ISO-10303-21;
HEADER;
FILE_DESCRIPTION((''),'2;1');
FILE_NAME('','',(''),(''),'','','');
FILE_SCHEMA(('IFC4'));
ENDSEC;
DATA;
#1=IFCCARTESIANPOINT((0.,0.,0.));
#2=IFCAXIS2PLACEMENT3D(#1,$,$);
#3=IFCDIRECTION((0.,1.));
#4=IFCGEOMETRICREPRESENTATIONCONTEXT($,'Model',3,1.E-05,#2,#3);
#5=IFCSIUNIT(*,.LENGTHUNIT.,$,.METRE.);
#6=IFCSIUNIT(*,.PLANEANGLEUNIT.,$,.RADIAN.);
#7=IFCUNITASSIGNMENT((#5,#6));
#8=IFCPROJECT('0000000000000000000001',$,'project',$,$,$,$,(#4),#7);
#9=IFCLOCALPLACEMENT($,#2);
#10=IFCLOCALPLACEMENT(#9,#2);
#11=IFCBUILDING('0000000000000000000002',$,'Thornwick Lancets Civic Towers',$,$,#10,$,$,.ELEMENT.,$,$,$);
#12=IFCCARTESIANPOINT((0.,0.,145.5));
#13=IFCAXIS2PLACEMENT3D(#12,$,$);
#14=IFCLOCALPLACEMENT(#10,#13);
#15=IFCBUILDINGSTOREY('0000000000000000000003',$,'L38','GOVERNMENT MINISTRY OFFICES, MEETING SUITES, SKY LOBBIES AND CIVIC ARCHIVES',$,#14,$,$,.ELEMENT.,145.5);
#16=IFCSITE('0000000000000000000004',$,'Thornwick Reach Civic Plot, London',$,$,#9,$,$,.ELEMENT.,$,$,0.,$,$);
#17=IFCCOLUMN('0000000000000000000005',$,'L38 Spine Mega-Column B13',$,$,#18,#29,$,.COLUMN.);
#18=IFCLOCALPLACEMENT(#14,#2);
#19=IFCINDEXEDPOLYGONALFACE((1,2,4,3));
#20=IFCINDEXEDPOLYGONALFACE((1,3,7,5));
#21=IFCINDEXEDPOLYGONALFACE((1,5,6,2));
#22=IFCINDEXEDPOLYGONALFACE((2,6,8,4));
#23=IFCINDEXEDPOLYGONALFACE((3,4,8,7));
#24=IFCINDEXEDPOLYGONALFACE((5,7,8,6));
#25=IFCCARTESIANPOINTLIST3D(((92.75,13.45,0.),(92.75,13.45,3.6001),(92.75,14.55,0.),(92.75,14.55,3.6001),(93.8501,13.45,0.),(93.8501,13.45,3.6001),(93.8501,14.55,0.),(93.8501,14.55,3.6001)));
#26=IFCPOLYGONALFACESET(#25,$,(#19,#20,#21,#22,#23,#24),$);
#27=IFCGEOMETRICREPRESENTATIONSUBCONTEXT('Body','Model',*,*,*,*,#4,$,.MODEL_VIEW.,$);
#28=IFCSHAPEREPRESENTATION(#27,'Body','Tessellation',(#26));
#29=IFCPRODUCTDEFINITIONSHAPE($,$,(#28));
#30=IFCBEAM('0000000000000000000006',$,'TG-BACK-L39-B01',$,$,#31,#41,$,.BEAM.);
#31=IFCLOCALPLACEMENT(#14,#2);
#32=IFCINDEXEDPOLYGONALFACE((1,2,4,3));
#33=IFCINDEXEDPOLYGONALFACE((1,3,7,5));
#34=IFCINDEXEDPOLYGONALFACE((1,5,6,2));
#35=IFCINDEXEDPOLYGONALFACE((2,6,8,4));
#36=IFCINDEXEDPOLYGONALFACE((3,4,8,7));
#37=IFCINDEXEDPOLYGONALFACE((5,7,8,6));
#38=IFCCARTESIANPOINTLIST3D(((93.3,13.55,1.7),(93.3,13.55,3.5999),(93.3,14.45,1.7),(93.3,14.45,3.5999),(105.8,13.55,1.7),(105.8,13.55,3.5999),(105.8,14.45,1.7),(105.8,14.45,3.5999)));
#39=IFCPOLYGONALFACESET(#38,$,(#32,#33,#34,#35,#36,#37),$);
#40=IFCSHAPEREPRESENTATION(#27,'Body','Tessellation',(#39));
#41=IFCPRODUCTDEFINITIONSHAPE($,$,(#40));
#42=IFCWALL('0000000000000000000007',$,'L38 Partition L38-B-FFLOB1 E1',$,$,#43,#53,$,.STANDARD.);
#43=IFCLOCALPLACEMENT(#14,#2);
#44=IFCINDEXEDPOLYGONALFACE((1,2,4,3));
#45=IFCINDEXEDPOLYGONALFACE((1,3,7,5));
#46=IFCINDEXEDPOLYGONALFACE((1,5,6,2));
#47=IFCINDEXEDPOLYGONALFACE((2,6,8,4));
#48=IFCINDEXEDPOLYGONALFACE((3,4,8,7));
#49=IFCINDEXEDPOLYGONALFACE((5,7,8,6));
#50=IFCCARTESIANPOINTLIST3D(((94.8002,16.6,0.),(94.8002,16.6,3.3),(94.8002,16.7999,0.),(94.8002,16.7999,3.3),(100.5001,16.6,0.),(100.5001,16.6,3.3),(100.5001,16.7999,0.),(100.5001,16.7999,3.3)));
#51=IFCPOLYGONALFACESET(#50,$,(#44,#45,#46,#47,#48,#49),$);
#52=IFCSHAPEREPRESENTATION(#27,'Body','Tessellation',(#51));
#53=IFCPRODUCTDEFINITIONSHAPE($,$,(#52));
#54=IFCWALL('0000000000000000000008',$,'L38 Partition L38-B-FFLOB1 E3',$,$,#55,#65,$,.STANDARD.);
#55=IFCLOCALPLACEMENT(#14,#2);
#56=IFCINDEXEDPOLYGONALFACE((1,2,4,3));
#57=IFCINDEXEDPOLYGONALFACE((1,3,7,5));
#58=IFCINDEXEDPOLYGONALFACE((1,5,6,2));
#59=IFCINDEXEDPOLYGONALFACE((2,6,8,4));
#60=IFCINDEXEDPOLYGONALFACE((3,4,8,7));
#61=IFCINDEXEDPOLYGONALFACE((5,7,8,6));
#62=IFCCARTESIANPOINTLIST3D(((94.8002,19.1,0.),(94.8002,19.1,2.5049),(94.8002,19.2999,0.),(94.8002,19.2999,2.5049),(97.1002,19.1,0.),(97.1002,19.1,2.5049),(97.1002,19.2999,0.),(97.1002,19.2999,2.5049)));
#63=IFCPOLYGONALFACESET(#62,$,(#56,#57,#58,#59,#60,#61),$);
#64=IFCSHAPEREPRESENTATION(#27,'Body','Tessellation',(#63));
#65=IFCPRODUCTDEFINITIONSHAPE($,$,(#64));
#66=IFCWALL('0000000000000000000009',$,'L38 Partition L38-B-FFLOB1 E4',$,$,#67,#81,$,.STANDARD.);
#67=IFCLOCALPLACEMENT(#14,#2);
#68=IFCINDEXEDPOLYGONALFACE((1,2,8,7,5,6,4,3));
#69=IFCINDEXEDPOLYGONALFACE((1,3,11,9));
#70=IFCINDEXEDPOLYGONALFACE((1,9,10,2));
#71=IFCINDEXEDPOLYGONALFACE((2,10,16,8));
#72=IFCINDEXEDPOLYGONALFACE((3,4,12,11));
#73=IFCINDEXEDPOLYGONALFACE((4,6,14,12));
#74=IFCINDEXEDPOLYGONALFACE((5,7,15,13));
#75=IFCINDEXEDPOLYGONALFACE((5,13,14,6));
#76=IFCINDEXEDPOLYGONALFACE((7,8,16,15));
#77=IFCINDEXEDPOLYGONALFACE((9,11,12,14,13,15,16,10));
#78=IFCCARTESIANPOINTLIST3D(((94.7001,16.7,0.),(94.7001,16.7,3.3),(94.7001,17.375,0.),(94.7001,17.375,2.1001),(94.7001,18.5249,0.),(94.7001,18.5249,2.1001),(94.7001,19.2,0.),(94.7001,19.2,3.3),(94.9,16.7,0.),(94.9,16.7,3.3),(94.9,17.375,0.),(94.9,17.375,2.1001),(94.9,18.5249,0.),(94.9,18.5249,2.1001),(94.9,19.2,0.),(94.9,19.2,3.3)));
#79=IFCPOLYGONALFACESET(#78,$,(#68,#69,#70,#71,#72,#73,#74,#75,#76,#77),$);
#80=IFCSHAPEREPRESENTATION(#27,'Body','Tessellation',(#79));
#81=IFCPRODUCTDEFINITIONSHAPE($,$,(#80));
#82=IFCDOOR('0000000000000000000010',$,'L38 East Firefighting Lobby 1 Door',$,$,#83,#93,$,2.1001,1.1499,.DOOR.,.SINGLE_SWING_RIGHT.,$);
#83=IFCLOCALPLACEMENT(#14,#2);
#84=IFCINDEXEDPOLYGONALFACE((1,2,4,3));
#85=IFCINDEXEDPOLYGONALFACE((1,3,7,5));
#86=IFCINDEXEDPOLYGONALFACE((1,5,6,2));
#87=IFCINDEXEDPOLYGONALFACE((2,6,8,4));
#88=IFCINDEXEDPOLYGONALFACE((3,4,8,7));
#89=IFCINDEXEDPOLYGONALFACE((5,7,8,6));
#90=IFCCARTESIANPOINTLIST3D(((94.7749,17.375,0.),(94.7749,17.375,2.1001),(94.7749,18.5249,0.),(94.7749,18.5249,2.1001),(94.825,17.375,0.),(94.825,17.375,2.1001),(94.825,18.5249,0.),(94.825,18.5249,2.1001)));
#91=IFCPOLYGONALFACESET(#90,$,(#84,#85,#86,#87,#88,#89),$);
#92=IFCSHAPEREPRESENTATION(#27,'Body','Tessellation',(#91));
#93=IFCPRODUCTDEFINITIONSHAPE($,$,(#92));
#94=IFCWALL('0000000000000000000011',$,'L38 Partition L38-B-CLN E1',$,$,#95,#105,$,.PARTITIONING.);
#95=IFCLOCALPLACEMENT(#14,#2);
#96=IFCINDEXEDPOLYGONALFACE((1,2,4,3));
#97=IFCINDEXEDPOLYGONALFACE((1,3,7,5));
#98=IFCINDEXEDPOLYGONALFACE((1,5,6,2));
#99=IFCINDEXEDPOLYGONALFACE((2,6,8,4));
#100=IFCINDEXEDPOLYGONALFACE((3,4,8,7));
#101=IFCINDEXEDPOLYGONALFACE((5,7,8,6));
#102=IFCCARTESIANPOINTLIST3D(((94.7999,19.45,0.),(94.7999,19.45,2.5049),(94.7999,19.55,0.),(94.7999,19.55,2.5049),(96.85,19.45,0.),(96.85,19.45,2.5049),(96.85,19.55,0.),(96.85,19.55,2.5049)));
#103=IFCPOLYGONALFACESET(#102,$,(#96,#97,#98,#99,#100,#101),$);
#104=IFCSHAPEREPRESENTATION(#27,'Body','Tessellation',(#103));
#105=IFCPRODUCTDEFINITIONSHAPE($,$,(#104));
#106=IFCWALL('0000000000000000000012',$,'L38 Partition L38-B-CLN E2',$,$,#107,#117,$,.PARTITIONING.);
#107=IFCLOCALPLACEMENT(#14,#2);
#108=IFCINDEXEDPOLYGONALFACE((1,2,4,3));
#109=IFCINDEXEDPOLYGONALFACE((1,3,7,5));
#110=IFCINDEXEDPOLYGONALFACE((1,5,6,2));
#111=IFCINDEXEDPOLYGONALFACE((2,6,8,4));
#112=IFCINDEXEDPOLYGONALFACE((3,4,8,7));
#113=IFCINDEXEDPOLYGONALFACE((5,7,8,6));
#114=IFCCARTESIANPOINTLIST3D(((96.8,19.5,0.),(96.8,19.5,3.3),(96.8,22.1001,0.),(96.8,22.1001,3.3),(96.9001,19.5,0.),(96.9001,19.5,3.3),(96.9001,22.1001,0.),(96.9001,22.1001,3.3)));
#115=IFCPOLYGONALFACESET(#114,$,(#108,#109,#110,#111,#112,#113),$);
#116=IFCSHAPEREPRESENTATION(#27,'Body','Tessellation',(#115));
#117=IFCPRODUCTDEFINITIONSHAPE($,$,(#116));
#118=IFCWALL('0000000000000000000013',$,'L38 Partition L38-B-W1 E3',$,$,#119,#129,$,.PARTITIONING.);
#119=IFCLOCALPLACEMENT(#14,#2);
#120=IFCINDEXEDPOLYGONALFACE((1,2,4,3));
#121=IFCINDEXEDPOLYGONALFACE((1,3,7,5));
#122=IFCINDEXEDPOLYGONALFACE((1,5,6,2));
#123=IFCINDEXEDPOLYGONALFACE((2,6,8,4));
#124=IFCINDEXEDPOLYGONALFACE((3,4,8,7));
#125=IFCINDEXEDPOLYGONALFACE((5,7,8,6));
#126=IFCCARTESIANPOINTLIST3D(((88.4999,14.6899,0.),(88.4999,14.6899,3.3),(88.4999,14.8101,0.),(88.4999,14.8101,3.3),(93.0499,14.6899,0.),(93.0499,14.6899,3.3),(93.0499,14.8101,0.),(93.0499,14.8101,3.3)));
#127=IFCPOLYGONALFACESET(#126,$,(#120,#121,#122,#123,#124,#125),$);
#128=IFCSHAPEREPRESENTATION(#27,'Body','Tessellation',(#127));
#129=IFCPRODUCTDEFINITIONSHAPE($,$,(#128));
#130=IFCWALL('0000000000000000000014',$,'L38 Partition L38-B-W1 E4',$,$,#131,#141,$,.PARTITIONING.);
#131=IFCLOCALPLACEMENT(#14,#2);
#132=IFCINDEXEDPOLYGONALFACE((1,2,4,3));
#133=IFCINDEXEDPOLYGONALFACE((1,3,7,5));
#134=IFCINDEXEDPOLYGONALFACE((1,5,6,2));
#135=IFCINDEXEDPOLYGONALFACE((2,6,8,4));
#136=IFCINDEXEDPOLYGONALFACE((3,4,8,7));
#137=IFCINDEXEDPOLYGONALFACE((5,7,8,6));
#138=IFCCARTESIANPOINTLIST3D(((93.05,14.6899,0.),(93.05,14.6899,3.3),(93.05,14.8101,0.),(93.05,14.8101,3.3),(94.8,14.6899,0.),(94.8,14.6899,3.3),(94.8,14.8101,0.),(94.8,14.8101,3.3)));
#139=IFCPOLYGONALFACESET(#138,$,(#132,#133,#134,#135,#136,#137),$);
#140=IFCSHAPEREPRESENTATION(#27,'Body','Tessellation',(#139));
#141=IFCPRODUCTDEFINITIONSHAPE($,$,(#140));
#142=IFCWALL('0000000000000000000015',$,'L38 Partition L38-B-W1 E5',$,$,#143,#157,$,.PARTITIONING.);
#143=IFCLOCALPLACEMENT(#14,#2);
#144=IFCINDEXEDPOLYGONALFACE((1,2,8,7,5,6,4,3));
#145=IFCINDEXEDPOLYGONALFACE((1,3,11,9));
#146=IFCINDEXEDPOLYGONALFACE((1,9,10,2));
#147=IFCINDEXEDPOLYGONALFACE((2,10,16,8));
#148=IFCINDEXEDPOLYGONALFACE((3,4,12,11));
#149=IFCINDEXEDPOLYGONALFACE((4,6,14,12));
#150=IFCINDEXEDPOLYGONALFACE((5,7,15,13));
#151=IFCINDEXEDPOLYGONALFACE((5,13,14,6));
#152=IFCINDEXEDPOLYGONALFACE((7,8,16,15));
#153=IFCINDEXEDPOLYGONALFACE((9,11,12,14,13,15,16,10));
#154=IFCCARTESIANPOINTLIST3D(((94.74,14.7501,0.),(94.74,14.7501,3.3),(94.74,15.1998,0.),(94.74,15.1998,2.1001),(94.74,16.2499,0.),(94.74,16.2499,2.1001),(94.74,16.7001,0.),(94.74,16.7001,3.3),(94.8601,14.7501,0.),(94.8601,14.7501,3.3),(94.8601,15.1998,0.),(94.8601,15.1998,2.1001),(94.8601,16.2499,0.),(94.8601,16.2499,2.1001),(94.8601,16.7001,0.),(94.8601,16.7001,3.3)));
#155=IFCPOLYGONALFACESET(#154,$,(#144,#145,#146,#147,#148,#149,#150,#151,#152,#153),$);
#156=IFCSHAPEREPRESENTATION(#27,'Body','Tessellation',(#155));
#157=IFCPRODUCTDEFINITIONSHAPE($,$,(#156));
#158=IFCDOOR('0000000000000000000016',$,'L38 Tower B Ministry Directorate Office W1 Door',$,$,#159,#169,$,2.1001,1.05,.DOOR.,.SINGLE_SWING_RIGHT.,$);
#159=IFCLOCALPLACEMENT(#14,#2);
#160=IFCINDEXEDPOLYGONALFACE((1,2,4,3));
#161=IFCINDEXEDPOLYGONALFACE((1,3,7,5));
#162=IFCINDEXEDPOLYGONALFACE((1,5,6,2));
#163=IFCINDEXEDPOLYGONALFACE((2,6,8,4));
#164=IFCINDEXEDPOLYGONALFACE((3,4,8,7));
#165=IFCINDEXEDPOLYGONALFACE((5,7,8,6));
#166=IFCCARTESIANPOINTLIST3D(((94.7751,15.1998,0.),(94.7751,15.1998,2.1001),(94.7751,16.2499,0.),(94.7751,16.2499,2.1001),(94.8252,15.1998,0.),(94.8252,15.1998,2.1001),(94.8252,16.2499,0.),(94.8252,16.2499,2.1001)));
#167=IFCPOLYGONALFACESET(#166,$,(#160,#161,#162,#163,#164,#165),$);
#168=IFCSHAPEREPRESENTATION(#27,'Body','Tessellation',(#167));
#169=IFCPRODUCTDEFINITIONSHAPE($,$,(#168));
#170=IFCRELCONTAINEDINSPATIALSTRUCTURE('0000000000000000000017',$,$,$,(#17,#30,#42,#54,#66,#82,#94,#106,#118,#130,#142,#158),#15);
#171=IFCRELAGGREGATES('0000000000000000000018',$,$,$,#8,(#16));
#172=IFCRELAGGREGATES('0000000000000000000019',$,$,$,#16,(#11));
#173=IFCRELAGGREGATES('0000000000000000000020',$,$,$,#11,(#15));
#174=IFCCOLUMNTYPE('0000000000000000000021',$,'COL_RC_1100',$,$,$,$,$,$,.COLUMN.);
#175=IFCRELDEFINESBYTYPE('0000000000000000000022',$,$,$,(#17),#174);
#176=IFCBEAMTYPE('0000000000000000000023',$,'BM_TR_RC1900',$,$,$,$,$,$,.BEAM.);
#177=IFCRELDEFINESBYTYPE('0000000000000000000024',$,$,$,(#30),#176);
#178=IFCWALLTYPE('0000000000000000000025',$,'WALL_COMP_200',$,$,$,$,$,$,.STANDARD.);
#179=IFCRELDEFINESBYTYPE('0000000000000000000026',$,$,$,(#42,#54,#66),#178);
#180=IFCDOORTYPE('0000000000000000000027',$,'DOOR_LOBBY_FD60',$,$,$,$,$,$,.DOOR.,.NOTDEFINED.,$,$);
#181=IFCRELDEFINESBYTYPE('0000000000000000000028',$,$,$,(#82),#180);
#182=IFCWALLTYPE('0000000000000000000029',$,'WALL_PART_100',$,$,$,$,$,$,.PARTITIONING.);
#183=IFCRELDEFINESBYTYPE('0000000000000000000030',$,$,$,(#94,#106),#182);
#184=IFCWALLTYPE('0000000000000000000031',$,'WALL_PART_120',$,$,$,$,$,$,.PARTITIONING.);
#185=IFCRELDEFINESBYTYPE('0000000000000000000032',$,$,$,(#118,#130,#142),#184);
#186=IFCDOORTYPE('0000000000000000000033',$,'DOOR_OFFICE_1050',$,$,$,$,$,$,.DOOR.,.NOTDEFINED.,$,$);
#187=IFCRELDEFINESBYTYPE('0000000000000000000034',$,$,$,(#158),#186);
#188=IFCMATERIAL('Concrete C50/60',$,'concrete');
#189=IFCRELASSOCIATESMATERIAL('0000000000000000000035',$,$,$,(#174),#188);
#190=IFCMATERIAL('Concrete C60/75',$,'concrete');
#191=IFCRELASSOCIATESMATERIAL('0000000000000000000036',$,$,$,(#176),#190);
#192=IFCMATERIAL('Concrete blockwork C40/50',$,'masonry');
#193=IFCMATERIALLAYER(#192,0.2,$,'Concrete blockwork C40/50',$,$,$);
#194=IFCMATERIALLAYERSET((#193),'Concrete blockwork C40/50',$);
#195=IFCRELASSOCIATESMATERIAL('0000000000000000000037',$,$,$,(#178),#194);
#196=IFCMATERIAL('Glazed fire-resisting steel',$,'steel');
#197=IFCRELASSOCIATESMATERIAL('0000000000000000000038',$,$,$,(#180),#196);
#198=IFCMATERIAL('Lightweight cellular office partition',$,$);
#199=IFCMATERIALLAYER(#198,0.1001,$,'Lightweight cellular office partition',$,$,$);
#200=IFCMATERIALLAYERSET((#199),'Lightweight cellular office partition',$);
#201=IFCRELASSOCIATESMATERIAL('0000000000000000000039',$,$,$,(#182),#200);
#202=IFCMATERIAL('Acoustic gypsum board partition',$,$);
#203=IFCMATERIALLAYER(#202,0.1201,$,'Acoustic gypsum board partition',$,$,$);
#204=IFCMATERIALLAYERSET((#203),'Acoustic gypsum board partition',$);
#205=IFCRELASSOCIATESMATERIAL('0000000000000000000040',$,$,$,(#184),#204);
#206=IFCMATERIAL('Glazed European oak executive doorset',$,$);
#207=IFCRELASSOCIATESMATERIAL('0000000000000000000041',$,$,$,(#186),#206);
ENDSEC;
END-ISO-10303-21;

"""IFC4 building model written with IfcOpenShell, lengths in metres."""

from ifc_helpers import new_model, si_unit, direction, frame, frame_2d, origin, origin_2d, place, context, subcontext, project, spatial, rectangle, extrude, material, layer, layer_set, material_profile, profile_set, type_object, element, fill, save


model = new_model("IFC4")

# Units and contexts
model_context = context("Model", 3, precision=1e-05, world=origin(), true_north=direction((0.0, 1.0)))
body_context = subcontext(model_context, "Body", "Model", "MODEL_VIEW")
ifc_project = project(units=[si_unit("LENGTHUNIT", "METRE"), si_unit("PLANEANGLEUNIT", "RADIAN")], contexts=[model_context])

# Site, building, storey
site_placement = place(None, origin())
site = spatial("IfcSite", under=ifc_project, at=site_placement, Name="Thornwick Reach Civic Plot, London", CompositionType="ELEMENT", RefElevation=0.0)
building_placement = place(site_placement, origin())
building = spatial("IfcBuilding", under=site, at=building_placement, Name="Thornwick Lancets Civic Towers", CompositionType="ELEMENT")
storey_placement = place(building_placement, frame((0.0, 0.0, 145.5)))
storey = spatial("IfcBuildingStorey", under=building, at=storey_placement, Name="L38", Description="GOVERNMENT MINISTRY OFFICES, MEETING SUITES, SKY LOBBIES AND CIVIC ARCHIVES", CompositionType="ELEMENT", Elevation=145.5)

# Column
ifc_material_1 = material(Name="Concrete C50/60", Category="concrete")
ifc_material_profile_1 = material_profile(ifc_material_1, rectangle(XDim=1.1001, YDim=1.1001, at=origin_2d()), Name="RC 1100x1100")
ifc_profile_set_1 = profile_set([ifc_material_profile_1], Name="Concrete C50/60")
column_type = type_object("IfcColumnType", Name="COL_RC_1100", PredefinedType="COLUMN", material=ifc_profile_set_1)
column_placement = place(storey_placement, frame((93.3, 14.0, 0.0), z_axis=(0.0, 0.0, 1.0), x_axis=(1.0, 0.0, 0.0)))
element("IfcColumn", 1, at=column_placement, inside=storey, type_object=column_type, Name="L38 Spine Mega-Column B13", PredefinedType="COLUMN", context=body_context, shape_type="SweptSolid", body=[
    extrude(rectangle(XDim=1.1001, YDim=1.1001, at=origin_2d()), origin(), (0.0, 0.0, 1.0), 3.6001),
])

# Beam
ifc_material_2 = material(Name="Concrete C60/75", Category="concrete")
ifc_material_profile_2 = material_profile(ifc_material_2, rectangle(XDim=0.8999, YDim=1.8999, at=origin_2d()), Name="RC 900x1900")
ifc_profile_set_2 = profile_set([ifc_material_profile_2], Name="Concrete C60/75")
beam_type = type_object("IfcBeamType", Name="BM_TR_RC1900", PredefinedType="BEAM", material=ifc_profile_set_2)
beam_placement = place(storey_placement, frame((93.3, 14.0, 2.6499), z_axis=(1.0, 0.0, 0.0), x_axis=(0.0, 1.0, 0.0)))
element("IfcBeam", 2, at=beam_placement, inside=storey, type_object=beam_type, Name="TG-BACK-L39-B01", PredefinedType="BEAM", context=body_context, shape_type="SweptSolid", body=[
    extrude(rectangle(XDim=0.8999, YDim=1.8999, at=origin_2d()), origin(), (0.0, 0.0, 1.0), 12.5),
])

# Walls
ifc_material_3 = material(Name="Concrete blockwork C40/50", Category="masonry")
ifc_layer_1 = layer(ifc_material_3, 0.2, Name="Concrete blockwork C40/50")
ifc_layer_set_1 = layer_set([ifc_layer_1], Name="Concrete blockwork C40/50")
wall_type_1 = type_object("IfcWallType", Name="WALL_COMP_200", PredefinedType="STANDARD", material=ifc_layer_set_1)
wall_1_placement = place(storey_placement, frame((94.8, 16.7, 0.0), z_axis=(0.0, 0.0, 1.0), x_axis=(1.0, 0.0, 0.0)))
element("IfcWall", 3, at=wall_1_placement, inside=storey, type_object=wall_type_1, Name="L38 Partition L38-B-FFLOB1 E1", PredefinedType="STANDARD", context=body_context, shape_type="SweptSolid", body=[
    extrude(rectangle(XDim=5.7, YDim=0.2, at=frame_2d((2.8501, 0.0))), origin(), (0.0, 0.0, 1.0), 3.3),
])
wall_2_placement = place(storey_placement, frame((97.1001, 19.2, 0.0), z_axis=(0.0, 0.0, 1.0), x_axis=(-1.0, 0.0, 0.0)))
element("IfcWall", 4, at=wall_2_placement, inside=storey, type_object=wall_type_1, Name="L38 Partition L38-B-FFLOB1 E3", PredefinedType="STANDARD", context=body_context, shape_type="SweptSolid", body=[
    extrude(rectangle(XDim=2.3, YDim=0.2, at=frame_2d((1.1499, 0.0))), origin(), (0.0, 0.0, 1.0), 2.5049),
])

# Wall, opening, door
wall_3_placement = place(storey_placement, frame((94.8, 19.2, 0.0), z_axis=(0.0, 0.0, 1.0), x_axis=(0.0, -1.0, 0.0)))
wall_3 = element("IfcWall", 5, at=wall_3_placement, inside=storey, type_object=wall_type_1, Name="L38 Partition L38-B-FFLOB1 E4", PredefinedType="STANDARD", context=body_context, shape_type="SweptSolid", body=[
    extrude(rectangle(XDim=2.5, YDim=0.2, at=frame_2d((1.25, 0.0))), origin(), (0.0, 0.0, 1.0), 3.3),
])
opening_1_placement = place(wall_3_placement, frame((0.675, 0.0, 0.0)))
opening_1 = element("IfcOpeningElement", 6, at=opening_1_placement, cuts=wall_3, PredefinedType="OPENING", context=body_context, shape_type="SweptSolid", body=[
    extrude(rectangle(XDim=1.1499, YDim=2.1001, at=frame_2d((0.575, 1.05))), frame((0.0, 0.1099, 0.0), z_axis=(0.0, -1.0, 0.0), x_axis=(1.0, 0.0, 0.0)), (0.0, 0.0, 1.0), 0.22),
])
ifc_material_4 = material(Name="Glazed fire-resisting steel", Category="steel")
door_type_1 = type_object("IfcDoorType", Name="DOOR_LOBBY_FD60", OperationType="NOTDEFINED", PredefinedType="DOOR", material=ifc_material_4)
door_1_placement = place(opening_1_placement, origin())
door_1 = element("IfcDoor", 7, at=door_1_placement, inside=storey, type_object=door_type_1, Name="L38 East Firefighting Lobby 1 Door", OperationType="SINGLE_SWING_RIGHT", OverallHeight=2.1001, OverallWidth=1.1499, PredefinedType="DOOR", context=body_context, shape_type="SweptSolid", body=[
    extrude(rectangle(XDim=1.1499, YDim=2.1001, at=frame_2d((0.575, 1.05))), frame((0.0, 0.0249, 0.0), z_axis=(0.0, -1.0, 0.0), x_axis=(1.0, 0.0, 0.0)), (0.0, 0.0, 1.0), 0.05),
])
fill(opening_1, door_1)

# Walls
ifc_material_5 = material(Name="Lightweight cellular office partition")
ifc_layer_2 = layer(ifc_material_5, 0.1001, Name="Lightweight cellular office partition")
ifc_layer_set_2 = layer_set([ifc_layer_2], Name="Lightweight cellular office partition")
wall_type_2 = type_object("IfcWallType", Name="WALL_PART_100", PredefinedType="PARTITIONING", material=ifc_layer_set_2)
wall_4_placement = place(storey_placement, frame((94.8, 19.5, 0.0), z_axis=(0.0, 0.0, 1.0), x_axis=(1.0, 0.0, 0.0)))
element("IfcWall", 8, at=wall_4_placement, inside=storey, type_object=wall_type_2, Name="L38 Partition L38-B-CLN E1", PredefinedType="PARTITIONING", context=body_context, shape_type="SweptSolid", body=[
    extrude(rectangle(XDim=2.05, YDim=0.1001, at=frame_2d((1.0249, 0.0))), origin(), (0.0, 0.0, 1.0), 2.5049),
])
wall_5_placement = place(storey_placement, frame((96.8501, 19.5, 0.0), z_axis=(0.0, 0.0, 1.0), x_axis=(0.0, 1.0, 0.0)))
element("IfcWall", 9, at=wall_5_placement, inside=storey, type_object=wall_type_2, Name="L38 Partition L38-B-CLN E2", PredefinedType="PARTITIONING", context=body_context, shape_type="SweptSolid", body=[
    extrude(rectangle(XDim=2.6001, YDim=0.1001, at=frame_2d((1.3, 0.0))), origin(), (0.0, 0.0, 1.0), 3.3),
])
ifc_material_6 = material(Name="Acoustic gypsum board partition")
ifc_layer_3 = layer(ifc_material_6, 0.1201, Name="Acoustic gypsum board partition")
ifc_layer_set_3 = layer_set([ifc_layer_3], Name="Acoustic gypsum board partition")
wall_type_3 = type_object("IfcWallType", Name="WALL_PART_120", PredefinedType="PARTITIONING", material=ifc_layer_set_3)
wall_6_placement = place(storey_placement, frame((88.5, 14.75, 0.0), z_axis=(0.0, 0.0, 1.0), x_axis=(1.0, 0.0, 0.0)))
element("IfcWall", 10, at=wall_6_placement, inside=storey, type_object=wall_type_3, Name="L38 Partition L38-B-W1 E3", PredefinedType="PARTITIONING", context=body_context, shape_type="SweptSolid", body=[
    extrude(rectangle(XDim=4.55, YDim=0.1201, at=frame_2d((2.2749, 0.0))), origin(), (0.0, 0.0, 1.0), 3.3),
])
wall_7_placement = place(storey_placement, frame((93.05, 14.75, 0.0), z_axis=(0.0, 0.0, 1.0), x_axis=(1.0, 0.0, 0.0)))
element("IfcWall", 11, at=wall_7_placement, inside=storey, type_object=wall_type_3, Name="L38 Partition L38-B-W1 E4", PredefinedType="PARTITIONING", context=body_context, shape_type="SweptSolid", body=[
    extrude(rectangle(XDim=1.75, YDim=0.1201, at=frame_2d((0.875, 0.0))), origin(), (0.0, 0.0, 1.0), 3.3),
])

# Wall, opening, door
wall_8_placement = place(storey_placement, frame((94.8, 14.75, 0.0), z_axis=(0.0, 0.0, 1.0), x_axis=(0.0, 1.0, 0.0)))
wall_8 = element("IfcWall", 12, at=wall_8_placement, inside=storey, type_object=wall_type_3, Name="L38 Partition L38-B-W1 E5", PredefinedType="PARTITIONING", context=body_context, shape_type="SweptSolid", body=[
    extrude(rectangle(XDim=1.95, YDim=0.1201, at=frame_2d((0.9751, 0.0))), origin(), (0.0, 0.0, 1.0), 3.3),
])
opening_2_placement = place(wall_8_placement, frame((0.45, 0.0, 0.0)))
opening_2 = element("IfcOpeningElement", 13, at=opening_2_placement, cuts=wall_8, PredefinedType="OPENING", context=body_context, shape_type="SweptSolid", body=[
    extrude(rectangle(XDim=1.05, YDim=2.1001, at=frame_2d((0.5249, 1.05))), frame((0.0, 0.0701, 0.0), z_axis=(0.0, -1.0, 0.0), x_axis=(1.0, 0.0, 0.0)), (0.0, 0.0, 1.0), 0.1401),
])
ifc_material_7 = material(Name="Glazed European oak executive doorset")
door_type_2 = type_object("IfcDoorType", Name="DOOR_OFFICE_1050", OperationType="NOTDEFINED", PredefinedType="DOOR", material=ifc_material_7)
door_2_placement = place(opening_2_placement, origin())
door_2 = element("IfcDoor", 14, at=door_2_placement, inside=storey, type_object=door_type_2, Name="L38 Tower B Ministry Directorate Office W1 Door", OperationType="SINGLE_SWING_RIGHT", OverallHeight=2.1001, OverallWidth=1.05, PredefinedType="DOOR", context=body_context, shape_type="SweptSolid", body=[
    extrude(rectangle(XDim=1.05, YDim=2.1001, at=frame_2d((0.5249, 1.05))), frame((0.0, 0.0249, 0.0), z_axis=(0.0, -1.0, 0.0), x_axis=(1.0, 0.0, 0.0)), (0.0, 0.0, 1.0), 0.05),
])
fill(opening_2, door_2)

save(model, "model.ifc")
